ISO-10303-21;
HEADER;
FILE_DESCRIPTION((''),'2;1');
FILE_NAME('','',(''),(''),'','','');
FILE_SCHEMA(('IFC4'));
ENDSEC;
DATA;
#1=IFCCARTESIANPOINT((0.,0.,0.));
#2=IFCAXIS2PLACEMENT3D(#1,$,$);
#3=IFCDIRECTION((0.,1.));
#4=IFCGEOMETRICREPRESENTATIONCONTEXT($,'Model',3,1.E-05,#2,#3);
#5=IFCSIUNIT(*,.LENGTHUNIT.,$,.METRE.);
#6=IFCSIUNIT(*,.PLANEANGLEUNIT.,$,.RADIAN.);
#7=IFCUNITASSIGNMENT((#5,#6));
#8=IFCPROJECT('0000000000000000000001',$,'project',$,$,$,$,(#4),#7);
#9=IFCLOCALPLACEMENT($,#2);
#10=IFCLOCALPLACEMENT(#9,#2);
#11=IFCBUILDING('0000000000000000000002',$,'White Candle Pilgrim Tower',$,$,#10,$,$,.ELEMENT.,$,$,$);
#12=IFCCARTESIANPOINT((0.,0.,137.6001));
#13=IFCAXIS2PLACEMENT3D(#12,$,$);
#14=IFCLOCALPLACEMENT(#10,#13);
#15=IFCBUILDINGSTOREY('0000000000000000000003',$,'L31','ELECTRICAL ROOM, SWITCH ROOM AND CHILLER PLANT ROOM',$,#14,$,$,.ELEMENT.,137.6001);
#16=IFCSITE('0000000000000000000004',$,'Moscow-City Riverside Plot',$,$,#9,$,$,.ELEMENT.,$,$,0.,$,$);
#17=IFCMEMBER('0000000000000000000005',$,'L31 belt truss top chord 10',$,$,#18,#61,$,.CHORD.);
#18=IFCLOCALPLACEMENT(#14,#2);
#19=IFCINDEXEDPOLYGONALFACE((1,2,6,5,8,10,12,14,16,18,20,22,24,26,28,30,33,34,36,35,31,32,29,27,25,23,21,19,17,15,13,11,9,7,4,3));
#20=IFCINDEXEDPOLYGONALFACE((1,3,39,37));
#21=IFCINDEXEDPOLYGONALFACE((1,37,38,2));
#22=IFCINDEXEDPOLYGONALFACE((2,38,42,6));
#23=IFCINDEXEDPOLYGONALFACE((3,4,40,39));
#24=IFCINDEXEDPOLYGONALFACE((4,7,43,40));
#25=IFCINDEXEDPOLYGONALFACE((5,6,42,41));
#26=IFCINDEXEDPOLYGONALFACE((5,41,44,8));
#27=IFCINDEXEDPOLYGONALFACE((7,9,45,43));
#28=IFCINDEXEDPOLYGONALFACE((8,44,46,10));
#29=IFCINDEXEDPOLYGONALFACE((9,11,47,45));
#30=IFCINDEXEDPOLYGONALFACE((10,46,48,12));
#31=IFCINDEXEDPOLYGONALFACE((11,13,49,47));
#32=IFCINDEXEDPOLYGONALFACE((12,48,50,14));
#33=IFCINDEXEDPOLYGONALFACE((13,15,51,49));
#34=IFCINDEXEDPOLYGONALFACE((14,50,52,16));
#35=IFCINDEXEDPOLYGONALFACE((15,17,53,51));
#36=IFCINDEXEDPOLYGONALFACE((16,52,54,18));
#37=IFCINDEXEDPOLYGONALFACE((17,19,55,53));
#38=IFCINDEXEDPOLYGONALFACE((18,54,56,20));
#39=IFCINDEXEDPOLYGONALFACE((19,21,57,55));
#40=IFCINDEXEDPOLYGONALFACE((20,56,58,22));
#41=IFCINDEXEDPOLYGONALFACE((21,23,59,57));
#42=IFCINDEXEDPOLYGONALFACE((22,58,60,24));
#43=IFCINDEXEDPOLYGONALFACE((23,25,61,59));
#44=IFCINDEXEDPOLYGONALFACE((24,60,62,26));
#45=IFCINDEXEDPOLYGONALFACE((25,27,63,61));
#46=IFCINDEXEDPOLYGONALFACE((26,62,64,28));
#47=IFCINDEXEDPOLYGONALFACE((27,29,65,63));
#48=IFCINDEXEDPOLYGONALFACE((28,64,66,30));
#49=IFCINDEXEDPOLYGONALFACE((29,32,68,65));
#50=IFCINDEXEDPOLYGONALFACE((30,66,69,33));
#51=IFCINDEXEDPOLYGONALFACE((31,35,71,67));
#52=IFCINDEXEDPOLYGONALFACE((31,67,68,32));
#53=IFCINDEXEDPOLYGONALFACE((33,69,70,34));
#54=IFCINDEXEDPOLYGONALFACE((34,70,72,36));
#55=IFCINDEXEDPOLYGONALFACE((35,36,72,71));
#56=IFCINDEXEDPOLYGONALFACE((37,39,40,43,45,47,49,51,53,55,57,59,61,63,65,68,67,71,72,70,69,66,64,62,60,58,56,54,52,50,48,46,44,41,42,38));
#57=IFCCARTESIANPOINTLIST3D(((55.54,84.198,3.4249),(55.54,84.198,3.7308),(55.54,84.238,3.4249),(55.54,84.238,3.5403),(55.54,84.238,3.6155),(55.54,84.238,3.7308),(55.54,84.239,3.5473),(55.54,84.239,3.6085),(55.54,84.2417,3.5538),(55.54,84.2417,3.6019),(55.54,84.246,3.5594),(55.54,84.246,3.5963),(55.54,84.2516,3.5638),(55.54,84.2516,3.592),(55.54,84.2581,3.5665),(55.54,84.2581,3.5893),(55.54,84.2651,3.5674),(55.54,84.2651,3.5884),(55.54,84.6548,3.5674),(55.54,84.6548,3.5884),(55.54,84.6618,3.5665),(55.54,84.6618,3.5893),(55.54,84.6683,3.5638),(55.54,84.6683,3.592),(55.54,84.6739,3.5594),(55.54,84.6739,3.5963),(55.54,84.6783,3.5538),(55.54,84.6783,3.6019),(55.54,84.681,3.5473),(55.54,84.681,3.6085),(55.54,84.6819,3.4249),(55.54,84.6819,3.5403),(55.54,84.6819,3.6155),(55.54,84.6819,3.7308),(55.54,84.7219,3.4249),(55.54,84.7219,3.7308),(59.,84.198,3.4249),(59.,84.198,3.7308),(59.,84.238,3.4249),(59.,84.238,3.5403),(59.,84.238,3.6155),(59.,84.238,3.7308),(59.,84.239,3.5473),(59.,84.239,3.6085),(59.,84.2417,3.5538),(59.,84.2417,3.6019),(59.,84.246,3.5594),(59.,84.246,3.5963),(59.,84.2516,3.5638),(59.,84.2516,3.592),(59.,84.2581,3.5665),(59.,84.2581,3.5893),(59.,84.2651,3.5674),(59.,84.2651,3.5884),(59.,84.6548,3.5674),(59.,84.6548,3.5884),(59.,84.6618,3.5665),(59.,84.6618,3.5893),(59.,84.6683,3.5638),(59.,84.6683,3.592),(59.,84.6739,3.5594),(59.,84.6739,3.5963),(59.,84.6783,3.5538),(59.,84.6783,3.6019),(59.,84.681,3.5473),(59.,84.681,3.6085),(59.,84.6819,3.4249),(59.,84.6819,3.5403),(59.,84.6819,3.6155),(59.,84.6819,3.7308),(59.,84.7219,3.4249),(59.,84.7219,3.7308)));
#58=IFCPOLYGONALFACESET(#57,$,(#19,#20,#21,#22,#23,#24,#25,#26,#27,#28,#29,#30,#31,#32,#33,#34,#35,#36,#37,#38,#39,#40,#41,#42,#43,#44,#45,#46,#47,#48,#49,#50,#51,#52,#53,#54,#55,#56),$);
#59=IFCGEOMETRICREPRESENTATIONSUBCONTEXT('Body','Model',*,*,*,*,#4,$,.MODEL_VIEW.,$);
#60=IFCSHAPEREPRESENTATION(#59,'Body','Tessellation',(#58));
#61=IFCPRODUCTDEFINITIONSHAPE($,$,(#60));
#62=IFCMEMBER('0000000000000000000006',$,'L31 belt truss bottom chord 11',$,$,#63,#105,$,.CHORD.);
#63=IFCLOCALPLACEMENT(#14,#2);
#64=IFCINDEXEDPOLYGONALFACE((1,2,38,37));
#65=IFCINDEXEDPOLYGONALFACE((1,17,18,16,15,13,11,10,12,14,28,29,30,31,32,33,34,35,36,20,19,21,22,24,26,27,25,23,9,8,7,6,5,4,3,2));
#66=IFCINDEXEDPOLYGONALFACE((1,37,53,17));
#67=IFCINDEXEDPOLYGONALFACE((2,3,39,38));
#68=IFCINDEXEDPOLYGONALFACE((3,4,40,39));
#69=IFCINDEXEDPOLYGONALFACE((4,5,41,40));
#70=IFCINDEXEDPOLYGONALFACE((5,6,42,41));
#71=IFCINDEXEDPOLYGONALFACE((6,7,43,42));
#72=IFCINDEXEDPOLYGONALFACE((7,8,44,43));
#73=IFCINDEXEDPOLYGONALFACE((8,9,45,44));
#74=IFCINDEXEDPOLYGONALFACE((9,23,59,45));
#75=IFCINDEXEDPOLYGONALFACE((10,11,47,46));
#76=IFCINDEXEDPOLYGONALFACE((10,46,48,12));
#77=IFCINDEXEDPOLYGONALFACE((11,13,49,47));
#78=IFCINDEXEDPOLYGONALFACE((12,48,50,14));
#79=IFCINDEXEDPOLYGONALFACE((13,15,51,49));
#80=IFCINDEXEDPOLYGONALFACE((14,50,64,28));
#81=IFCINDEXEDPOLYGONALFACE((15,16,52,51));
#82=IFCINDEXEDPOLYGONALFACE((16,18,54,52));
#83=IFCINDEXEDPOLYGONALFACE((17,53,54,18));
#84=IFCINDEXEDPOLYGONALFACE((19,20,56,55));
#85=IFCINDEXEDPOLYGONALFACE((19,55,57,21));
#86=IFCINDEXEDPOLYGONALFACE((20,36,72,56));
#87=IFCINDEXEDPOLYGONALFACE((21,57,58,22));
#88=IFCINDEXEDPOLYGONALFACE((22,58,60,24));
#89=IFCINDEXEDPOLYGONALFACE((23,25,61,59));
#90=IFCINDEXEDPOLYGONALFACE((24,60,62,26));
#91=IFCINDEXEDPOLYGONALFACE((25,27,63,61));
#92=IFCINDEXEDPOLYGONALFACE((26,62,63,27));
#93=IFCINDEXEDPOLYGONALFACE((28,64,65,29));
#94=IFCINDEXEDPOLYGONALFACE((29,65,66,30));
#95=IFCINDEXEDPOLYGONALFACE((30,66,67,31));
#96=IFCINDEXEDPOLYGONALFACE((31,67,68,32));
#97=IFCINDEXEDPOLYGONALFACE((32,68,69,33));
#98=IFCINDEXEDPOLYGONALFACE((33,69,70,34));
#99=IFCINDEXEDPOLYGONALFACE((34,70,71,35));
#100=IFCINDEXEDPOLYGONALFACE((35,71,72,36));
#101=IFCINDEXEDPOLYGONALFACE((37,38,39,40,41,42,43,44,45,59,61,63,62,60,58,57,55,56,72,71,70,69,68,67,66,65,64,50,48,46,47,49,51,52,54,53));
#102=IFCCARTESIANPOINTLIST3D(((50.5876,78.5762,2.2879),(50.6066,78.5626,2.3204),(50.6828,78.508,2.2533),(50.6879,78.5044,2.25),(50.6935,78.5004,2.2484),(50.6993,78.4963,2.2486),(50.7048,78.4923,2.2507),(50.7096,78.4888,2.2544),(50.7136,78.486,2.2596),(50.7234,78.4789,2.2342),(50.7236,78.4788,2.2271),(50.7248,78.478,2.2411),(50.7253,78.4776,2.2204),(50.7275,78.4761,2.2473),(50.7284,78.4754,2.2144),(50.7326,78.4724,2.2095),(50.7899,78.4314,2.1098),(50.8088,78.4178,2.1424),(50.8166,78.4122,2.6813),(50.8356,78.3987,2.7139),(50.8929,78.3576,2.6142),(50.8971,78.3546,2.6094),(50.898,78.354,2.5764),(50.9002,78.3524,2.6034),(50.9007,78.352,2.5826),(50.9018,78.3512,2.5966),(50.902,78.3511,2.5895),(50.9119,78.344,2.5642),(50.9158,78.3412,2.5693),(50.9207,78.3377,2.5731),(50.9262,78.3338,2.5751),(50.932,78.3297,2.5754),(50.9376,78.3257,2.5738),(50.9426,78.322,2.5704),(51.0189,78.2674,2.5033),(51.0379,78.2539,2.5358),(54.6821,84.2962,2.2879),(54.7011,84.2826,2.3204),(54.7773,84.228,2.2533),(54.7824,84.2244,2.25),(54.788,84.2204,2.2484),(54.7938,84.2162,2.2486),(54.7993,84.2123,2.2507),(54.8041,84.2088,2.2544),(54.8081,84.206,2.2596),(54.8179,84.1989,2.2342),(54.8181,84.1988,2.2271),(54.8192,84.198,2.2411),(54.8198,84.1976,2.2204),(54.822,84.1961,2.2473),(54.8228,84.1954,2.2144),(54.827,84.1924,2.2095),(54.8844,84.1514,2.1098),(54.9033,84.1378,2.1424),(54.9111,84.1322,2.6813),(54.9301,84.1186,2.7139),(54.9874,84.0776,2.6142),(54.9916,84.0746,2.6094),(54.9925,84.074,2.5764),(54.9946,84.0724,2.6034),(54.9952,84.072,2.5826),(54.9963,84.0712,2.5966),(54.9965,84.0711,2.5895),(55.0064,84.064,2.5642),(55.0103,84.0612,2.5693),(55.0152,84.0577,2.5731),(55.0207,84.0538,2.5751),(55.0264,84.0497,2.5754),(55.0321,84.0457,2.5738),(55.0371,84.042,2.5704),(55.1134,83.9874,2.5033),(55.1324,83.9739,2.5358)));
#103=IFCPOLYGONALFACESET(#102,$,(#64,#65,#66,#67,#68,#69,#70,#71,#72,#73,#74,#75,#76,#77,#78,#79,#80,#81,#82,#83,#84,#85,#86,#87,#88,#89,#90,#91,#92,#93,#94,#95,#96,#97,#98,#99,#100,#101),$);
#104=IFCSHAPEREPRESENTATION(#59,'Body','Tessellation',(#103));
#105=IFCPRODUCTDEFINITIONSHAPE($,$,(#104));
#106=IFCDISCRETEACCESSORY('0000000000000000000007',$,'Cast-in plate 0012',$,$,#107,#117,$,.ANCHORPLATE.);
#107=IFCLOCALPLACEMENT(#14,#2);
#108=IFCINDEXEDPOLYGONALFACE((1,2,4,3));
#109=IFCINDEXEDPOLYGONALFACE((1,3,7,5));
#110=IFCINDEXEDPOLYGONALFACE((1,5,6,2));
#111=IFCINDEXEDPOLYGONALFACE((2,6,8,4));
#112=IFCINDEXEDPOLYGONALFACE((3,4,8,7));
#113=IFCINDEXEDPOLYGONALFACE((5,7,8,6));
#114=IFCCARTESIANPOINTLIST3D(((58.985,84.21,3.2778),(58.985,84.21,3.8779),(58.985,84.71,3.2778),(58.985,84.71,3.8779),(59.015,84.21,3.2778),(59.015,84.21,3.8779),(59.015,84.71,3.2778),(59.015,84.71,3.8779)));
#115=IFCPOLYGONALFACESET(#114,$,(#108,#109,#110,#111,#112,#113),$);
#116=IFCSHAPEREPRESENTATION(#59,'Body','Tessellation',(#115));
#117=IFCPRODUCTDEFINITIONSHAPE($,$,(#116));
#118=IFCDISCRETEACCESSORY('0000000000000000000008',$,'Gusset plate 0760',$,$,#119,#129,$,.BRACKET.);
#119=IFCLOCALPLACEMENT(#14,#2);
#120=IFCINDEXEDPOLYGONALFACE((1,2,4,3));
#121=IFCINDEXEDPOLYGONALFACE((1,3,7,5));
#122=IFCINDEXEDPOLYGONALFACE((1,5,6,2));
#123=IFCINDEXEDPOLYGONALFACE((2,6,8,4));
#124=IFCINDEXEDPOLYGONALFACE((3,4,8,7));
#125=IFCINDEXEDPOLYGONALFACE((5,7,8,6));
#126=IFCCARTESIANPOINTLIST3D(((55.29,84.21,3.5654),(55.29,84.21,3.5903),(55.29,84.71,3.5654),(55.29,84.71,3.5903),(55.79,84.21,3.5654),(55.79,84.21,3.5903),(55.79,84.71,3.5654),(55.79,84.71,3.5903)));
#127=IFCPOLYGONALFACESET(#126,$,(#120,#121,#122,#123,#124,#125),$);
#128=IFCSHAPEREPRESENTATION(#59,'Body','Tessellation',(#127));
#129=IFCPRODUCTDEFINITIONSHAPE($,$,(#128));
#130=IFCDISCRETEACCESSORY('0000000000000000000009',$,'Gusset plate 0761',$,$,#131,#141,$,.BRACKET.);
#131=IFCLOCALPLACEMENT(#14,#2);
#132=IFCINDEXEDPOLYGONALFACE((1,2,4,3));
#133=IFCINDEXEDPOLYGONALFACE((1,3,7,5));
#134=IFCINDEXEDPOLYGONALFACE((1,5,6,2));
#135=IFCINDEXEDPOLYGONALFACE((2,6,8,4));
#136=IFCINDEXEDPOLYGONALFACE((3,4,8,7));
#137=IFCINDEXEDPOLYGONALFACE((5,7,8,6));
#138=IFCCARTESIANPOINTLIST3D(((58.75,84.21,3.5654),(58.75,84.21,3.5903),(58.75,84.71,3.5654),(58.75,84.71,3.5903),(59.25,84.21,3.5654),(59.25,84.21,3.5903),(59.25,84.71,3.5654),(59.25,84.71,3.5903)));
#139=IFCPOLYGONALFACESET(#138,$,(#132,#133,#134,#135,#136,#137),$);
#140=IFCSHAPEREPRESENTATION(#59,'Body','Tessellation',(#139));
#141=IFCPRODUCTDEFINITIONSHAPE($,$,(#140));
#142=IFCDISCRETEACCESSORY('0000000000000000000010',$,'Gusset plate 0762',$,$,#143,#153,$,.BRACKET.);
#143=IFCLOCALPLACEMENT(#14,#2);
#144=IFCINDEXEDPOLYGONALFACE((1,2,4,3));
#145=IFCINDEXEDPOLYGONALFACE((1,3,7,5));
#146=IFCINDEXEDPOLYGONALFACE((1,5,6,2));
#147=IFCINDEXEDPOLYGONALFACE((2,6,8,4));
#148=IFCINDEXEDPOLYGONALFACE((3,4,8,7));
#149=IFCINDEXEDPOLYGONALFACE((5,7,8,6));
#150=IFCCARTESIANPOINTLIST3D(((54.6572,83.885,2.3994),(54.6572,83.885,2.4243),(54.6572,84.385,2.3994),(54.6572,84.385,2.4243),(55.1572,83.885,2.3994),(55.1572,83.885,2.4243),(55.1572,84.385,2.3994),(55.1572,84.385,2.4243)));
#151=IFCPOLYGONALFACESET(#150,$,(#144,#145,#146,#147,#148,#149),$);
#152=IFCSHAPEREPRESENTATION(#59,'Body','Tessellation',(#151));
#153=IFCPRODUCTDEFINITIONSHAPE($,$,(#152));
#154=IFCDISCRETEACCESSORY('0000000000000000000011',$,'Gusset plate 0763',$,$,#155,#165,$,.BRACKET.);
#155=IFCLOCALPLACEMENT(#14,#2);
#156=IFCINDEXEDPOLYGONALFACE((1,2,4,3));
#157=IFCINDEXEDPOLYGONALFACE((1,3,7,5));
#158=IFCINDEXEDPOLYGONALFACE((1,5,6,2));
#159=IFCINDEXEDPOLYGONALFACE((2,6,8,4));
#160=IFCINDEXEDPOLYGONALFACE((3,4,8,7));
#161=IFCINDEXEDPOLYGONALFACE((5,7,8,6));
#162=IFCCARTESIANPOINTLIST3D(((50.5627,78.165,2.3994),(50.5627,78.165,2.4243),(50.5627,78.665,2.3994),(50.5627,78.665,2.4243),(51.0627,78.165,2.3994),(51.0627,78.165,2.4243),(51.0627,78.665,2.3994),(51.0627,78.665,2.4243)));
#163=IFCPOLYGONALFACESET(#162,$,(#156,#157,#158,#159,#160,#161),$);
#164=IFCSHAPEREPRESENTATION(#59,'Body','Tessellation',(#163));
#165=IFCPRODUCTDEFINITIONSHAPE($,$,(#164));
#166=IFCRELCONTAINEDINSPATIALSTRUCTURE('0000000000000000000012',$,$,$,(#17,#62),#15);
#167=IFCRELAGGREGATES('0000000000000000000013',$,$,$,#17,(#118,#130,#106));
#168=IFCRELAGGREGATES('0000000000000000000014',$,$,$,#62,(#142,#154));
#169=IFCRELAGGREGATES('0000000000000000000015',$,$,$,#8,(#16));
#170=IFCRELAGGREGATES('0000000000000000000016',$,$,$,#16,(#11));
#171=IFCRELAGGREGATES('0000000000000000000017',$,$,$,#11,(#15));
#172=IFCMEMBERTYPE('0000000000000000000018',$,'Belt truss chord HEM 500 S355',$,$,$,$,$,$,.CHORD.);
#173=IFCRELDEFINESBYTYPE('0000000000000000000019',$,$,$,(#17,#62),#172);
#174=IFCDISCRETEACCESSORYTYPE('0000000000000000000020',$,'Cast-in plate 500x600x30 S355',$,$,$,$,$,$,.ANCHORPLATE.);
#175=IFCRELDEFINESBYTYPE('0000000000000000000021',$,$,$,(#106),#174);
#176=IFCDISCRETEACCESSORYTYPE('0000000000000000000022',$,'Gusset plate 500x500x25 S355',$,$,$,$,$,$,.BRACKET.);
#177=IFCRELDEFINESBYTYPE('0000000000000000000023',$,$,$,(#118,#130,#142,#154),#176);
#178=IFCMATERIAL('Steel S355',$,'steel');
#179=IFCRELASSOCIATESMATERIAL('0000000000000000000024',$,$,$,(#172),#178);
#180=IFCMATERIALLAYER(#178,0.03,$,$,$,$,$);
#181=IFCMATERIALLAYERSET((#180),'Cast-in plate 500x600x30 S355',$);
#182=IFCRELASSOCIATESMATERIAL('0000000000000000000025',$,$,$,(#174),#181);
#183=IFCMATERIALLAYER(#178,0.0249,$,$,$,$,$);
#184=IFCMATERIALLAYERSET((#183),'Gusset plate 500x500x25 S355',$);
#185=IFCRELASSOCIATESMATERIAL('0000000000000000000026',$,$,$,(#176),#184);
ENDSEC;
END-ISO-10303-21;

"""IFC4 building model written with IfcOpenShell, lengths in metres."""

from ifc_helpers import new_model, si_unit, direction, frame, origin, origin_2d, place, context, subcontext, project, spatial, rectangle, i_section, extrude, material, layer, layer_set, material_profile, profile_set, type_object, element, aggregate, save


model = new_model("IFC4")

# Units and contexts
model_context = context("Model", 3, precision=1e-05, world=origin(), true_north=direction((0.0, 1.0)))
body_context = subcontext(model_context, "Body", "Model", "MODEL_VIEW")
ifc_project = project(units=[si_unit("LENGTHUNIT", "METRE"), si_unit("PLANEANGLEUNIT", "RADIAN")], contexts=[model_context])

# Site, building, storey
site_placement = place(None, origin())
site = spatial("IfcSite", under=ifc_project, at=site_placement, Name="Moscow-City Riverside Plot", CompositionType="ELEMENT", RefElevation=0.0)
building_placement = place(site_placement, origin())
building = spatial("IfcBuilding", under=site, at=building_placement, Name="White Candle Pilgrim Tower", CompositionType="ELEMENT")
storey_placement = place(building_placement, frame((0.0, 0.0, 137.6001)))
storey = spatial("IfcBuildingStorey", under=building, at=storey_placement, Name="L31", Description="ELECTRICAL ROOM, SWITCH ROOM AND CHILLER PLANT ROOM", CompositionType="ELEMENT", Elevation=137.6001)

# Members
ifc_material_1 = material(Name="Steel S355", Category="steel")
ifc_material_profile_1 = material_profile(ifc_material_1, i_section(OverallWidth=0.3059, OverallDepth=0.5239, WebThickness=0.021, FlangeThickness=0.04, FilletRadius=0.0271, at=origin_2d()), Name="HEM 500")
ifc_profile_set_1 = profile_set([ifc_material_profile_1], Name="Steel S355")
member_type_1 = type_object("IfcMemberType", Name="Belt truss chord HEM 500 S355", PredefinedType="CHORD", material=ifc_profile_set_1)
member_1_placement = place(storey_placement, frame((55.54, 84.46, 3.5779), z_axis=(1.0, 0.0, 0.0), x_axis=(0.0, 0.0, 1.0)))
member_1 = element("IfcMember", 1, at=member_1_placement, inside=storey, type_object=member_type_1, Name="L31 belt truss top chord 10", PredefinedType="CHORD", context=body_context, shape_type="SweptSolid", body=[
    extrude(i_section(OverallWidth=0.3059, OverallDepth=0.5239, WebThickness=0.021, FlangeThickness=0.04, FilletRadius=0.0271, at=origin_2d()), origin(), (0.0, 0.0, 1.0), 3.46),
])
member_2_placement = place(storey_placement, frame((54.9072, 84.135, 2.4119), z_axis=(-0.582065, -0.813142, 0.0), x_axis=(0.661187, -0.473292, -0.582088)))
member_2 = element("IfcMember", 2, at=member_2_placement, inside=storey, type_object=member_type_1, Name="L31 belt truss bottom chord 11", PredefinedType="CHORD", context=body_context, shape_type="SweptSolid", body=[
    extrude(i_section(OverallWidth=0.3059, OverallDepth=0.5239, WebThickness=0.021, FlangeThickness=0.04, FilletRadius=0.0271, at=origin_2d()), origin(), (0.0, 0.0, 1.0), 7.0344),
])

# Discrete accessories
ifc_layer_1 = layer(ifc_material_1, 0.03)
ifc_layer_set_1 = layer_set([ifc_layer_1], Name="Cast-in plate 500x600x30 S355")
discrete_accessory_type_1 = type_object("IfcDiscreteAccessoryType", Name="Cast-in plate 500x600x30 S355", PredefinedType="ANCHORPLATE", material=ifc_layer_set_1)
discrete_accessory_1_placement = place(storey_placement, frame((59.0, 84.46, 3.2778), z_axis=(0.0, 0.0, 1.0), x_axis=(-1.0, 0.0, 0.0)))
discrete_accessory_1 = element("IfcDiscreteAccessory", 3, at=discrete_accessory_1_placement, type_object=discrete_accessory_type_1, Name="Cast-in plate 0012", PredefinedType="ANCHORPLATE", context=body_context, shape_type="SweptSolid", body=[
    extrude(rectangle(XDim=0.03, YDim=0.5, at=origin_2d()), origin(), (0.0, 0.0, 1.0), 0.6001),
])
ifc_layer_2 = layer(ifc_material_1, 0.0249)
ifc_layer_set_2 = layer_set([ifc_layer_2], Name="Gusset plate 500x500x25 S355")
discrete_accessory_type_2 = type_object("IfcDiscreteAccessoryType", Name="Gusset plate 500x500x25 S355", PredefinedType="BRACKET", material=ifc_layer_set_2)
discrete_accessory_2_placement = place(storey_placement, frame((55.54, 84.46, 3.5654), z_axis=(0.0, 0.0, 1.0), x_axis=(1.0, 0.0, 0.0)))
discrete_accessory_2 = element("IfcDiscreteAccessory", 4, at=discrete_accessory_2_placement, type_object=discrete_accessory_type_2, Name="Gusset plate 0760", PredefinedType="BRACKET", context=body_context, shape_type="SweptSolid", body=[
    extrude(rectangle(XDim=0.5, YDim=0.5, at=origin_2d()), origin(), (0.0, 0.0, 1.0), 0.0249),
])
discrete_accessory_3_placement = place(storey_placement, frame((59.0, 84.46, 3.5654), z_axis=(0.0, 0.0, 1.0), x_axis=(1.0, 0.0, 0.0)))
discrete_accessory_3 = element("IfcDiscreteAccessory", 5, at=discrete_accessory_3_placement, type_object=discrete_accessory_type_2, Name="Gusset plate 0761", PredefinedType="BRACKET", context=body_context, shape_type="SweptSolid", body=[
    extrude(rectangle(XDim=0.5, YDim=0.5, at=origin_2d()), origin(), (0.0, 0.0, 1.0), 0.0249),
])
aggregate(member_1, [discrete_accessory_2, discrete_accessory_3, discrete_accessory_1])
discrete_accessory_4_placement = place(storey_placement, frame((54.9072, 84.135, 2.3994), z_axis=(0.0, 0.0, 1.0), x_axis=(1.0, 0.0, 0.0)))
discrete_accessory_4 = element("IfcDiscreteAccessory", 6, at=discrete_accessory_4_placement, type_object=discrete_accessory_type_2, Name="Gusset plate 0762", PredefinedType="BRACKET", context=body_context, shape_type="SweptSolid", body=[
    extrude(rectangle(XDim=0.5, YDim=0.5, at=origin_2d()), origin(), (0.0, 0.0, 1.0), 0.0249),
])
discrete_accessory_5_placement = place(storey_placement, frame((50.8127, 78.415, 2.3994), z_axis=(0.0, 0.0, 1.0), x_axis=(1.0, 0.0, 0.0)))
discrete_accessory_5 = element("IfcDiscreteAccessory", 7, at=discrete_accessory_5_placement, type_object=discrete_accessory_type_2, Name="Gusset plate 0763", PredefinedType="BRACKET", context=body_context, shape_type="SweptSolid", body=[
    extrude(rectangle(XDim=0.5, YDim=0.5, at=origin_2d()), origin(), (0.0, 0.0, 1.0), 0.0249),
])
aggregate(member_2, [discrete_accessory_4, discrete_accessory_5])

save(model, "model.ifc")
